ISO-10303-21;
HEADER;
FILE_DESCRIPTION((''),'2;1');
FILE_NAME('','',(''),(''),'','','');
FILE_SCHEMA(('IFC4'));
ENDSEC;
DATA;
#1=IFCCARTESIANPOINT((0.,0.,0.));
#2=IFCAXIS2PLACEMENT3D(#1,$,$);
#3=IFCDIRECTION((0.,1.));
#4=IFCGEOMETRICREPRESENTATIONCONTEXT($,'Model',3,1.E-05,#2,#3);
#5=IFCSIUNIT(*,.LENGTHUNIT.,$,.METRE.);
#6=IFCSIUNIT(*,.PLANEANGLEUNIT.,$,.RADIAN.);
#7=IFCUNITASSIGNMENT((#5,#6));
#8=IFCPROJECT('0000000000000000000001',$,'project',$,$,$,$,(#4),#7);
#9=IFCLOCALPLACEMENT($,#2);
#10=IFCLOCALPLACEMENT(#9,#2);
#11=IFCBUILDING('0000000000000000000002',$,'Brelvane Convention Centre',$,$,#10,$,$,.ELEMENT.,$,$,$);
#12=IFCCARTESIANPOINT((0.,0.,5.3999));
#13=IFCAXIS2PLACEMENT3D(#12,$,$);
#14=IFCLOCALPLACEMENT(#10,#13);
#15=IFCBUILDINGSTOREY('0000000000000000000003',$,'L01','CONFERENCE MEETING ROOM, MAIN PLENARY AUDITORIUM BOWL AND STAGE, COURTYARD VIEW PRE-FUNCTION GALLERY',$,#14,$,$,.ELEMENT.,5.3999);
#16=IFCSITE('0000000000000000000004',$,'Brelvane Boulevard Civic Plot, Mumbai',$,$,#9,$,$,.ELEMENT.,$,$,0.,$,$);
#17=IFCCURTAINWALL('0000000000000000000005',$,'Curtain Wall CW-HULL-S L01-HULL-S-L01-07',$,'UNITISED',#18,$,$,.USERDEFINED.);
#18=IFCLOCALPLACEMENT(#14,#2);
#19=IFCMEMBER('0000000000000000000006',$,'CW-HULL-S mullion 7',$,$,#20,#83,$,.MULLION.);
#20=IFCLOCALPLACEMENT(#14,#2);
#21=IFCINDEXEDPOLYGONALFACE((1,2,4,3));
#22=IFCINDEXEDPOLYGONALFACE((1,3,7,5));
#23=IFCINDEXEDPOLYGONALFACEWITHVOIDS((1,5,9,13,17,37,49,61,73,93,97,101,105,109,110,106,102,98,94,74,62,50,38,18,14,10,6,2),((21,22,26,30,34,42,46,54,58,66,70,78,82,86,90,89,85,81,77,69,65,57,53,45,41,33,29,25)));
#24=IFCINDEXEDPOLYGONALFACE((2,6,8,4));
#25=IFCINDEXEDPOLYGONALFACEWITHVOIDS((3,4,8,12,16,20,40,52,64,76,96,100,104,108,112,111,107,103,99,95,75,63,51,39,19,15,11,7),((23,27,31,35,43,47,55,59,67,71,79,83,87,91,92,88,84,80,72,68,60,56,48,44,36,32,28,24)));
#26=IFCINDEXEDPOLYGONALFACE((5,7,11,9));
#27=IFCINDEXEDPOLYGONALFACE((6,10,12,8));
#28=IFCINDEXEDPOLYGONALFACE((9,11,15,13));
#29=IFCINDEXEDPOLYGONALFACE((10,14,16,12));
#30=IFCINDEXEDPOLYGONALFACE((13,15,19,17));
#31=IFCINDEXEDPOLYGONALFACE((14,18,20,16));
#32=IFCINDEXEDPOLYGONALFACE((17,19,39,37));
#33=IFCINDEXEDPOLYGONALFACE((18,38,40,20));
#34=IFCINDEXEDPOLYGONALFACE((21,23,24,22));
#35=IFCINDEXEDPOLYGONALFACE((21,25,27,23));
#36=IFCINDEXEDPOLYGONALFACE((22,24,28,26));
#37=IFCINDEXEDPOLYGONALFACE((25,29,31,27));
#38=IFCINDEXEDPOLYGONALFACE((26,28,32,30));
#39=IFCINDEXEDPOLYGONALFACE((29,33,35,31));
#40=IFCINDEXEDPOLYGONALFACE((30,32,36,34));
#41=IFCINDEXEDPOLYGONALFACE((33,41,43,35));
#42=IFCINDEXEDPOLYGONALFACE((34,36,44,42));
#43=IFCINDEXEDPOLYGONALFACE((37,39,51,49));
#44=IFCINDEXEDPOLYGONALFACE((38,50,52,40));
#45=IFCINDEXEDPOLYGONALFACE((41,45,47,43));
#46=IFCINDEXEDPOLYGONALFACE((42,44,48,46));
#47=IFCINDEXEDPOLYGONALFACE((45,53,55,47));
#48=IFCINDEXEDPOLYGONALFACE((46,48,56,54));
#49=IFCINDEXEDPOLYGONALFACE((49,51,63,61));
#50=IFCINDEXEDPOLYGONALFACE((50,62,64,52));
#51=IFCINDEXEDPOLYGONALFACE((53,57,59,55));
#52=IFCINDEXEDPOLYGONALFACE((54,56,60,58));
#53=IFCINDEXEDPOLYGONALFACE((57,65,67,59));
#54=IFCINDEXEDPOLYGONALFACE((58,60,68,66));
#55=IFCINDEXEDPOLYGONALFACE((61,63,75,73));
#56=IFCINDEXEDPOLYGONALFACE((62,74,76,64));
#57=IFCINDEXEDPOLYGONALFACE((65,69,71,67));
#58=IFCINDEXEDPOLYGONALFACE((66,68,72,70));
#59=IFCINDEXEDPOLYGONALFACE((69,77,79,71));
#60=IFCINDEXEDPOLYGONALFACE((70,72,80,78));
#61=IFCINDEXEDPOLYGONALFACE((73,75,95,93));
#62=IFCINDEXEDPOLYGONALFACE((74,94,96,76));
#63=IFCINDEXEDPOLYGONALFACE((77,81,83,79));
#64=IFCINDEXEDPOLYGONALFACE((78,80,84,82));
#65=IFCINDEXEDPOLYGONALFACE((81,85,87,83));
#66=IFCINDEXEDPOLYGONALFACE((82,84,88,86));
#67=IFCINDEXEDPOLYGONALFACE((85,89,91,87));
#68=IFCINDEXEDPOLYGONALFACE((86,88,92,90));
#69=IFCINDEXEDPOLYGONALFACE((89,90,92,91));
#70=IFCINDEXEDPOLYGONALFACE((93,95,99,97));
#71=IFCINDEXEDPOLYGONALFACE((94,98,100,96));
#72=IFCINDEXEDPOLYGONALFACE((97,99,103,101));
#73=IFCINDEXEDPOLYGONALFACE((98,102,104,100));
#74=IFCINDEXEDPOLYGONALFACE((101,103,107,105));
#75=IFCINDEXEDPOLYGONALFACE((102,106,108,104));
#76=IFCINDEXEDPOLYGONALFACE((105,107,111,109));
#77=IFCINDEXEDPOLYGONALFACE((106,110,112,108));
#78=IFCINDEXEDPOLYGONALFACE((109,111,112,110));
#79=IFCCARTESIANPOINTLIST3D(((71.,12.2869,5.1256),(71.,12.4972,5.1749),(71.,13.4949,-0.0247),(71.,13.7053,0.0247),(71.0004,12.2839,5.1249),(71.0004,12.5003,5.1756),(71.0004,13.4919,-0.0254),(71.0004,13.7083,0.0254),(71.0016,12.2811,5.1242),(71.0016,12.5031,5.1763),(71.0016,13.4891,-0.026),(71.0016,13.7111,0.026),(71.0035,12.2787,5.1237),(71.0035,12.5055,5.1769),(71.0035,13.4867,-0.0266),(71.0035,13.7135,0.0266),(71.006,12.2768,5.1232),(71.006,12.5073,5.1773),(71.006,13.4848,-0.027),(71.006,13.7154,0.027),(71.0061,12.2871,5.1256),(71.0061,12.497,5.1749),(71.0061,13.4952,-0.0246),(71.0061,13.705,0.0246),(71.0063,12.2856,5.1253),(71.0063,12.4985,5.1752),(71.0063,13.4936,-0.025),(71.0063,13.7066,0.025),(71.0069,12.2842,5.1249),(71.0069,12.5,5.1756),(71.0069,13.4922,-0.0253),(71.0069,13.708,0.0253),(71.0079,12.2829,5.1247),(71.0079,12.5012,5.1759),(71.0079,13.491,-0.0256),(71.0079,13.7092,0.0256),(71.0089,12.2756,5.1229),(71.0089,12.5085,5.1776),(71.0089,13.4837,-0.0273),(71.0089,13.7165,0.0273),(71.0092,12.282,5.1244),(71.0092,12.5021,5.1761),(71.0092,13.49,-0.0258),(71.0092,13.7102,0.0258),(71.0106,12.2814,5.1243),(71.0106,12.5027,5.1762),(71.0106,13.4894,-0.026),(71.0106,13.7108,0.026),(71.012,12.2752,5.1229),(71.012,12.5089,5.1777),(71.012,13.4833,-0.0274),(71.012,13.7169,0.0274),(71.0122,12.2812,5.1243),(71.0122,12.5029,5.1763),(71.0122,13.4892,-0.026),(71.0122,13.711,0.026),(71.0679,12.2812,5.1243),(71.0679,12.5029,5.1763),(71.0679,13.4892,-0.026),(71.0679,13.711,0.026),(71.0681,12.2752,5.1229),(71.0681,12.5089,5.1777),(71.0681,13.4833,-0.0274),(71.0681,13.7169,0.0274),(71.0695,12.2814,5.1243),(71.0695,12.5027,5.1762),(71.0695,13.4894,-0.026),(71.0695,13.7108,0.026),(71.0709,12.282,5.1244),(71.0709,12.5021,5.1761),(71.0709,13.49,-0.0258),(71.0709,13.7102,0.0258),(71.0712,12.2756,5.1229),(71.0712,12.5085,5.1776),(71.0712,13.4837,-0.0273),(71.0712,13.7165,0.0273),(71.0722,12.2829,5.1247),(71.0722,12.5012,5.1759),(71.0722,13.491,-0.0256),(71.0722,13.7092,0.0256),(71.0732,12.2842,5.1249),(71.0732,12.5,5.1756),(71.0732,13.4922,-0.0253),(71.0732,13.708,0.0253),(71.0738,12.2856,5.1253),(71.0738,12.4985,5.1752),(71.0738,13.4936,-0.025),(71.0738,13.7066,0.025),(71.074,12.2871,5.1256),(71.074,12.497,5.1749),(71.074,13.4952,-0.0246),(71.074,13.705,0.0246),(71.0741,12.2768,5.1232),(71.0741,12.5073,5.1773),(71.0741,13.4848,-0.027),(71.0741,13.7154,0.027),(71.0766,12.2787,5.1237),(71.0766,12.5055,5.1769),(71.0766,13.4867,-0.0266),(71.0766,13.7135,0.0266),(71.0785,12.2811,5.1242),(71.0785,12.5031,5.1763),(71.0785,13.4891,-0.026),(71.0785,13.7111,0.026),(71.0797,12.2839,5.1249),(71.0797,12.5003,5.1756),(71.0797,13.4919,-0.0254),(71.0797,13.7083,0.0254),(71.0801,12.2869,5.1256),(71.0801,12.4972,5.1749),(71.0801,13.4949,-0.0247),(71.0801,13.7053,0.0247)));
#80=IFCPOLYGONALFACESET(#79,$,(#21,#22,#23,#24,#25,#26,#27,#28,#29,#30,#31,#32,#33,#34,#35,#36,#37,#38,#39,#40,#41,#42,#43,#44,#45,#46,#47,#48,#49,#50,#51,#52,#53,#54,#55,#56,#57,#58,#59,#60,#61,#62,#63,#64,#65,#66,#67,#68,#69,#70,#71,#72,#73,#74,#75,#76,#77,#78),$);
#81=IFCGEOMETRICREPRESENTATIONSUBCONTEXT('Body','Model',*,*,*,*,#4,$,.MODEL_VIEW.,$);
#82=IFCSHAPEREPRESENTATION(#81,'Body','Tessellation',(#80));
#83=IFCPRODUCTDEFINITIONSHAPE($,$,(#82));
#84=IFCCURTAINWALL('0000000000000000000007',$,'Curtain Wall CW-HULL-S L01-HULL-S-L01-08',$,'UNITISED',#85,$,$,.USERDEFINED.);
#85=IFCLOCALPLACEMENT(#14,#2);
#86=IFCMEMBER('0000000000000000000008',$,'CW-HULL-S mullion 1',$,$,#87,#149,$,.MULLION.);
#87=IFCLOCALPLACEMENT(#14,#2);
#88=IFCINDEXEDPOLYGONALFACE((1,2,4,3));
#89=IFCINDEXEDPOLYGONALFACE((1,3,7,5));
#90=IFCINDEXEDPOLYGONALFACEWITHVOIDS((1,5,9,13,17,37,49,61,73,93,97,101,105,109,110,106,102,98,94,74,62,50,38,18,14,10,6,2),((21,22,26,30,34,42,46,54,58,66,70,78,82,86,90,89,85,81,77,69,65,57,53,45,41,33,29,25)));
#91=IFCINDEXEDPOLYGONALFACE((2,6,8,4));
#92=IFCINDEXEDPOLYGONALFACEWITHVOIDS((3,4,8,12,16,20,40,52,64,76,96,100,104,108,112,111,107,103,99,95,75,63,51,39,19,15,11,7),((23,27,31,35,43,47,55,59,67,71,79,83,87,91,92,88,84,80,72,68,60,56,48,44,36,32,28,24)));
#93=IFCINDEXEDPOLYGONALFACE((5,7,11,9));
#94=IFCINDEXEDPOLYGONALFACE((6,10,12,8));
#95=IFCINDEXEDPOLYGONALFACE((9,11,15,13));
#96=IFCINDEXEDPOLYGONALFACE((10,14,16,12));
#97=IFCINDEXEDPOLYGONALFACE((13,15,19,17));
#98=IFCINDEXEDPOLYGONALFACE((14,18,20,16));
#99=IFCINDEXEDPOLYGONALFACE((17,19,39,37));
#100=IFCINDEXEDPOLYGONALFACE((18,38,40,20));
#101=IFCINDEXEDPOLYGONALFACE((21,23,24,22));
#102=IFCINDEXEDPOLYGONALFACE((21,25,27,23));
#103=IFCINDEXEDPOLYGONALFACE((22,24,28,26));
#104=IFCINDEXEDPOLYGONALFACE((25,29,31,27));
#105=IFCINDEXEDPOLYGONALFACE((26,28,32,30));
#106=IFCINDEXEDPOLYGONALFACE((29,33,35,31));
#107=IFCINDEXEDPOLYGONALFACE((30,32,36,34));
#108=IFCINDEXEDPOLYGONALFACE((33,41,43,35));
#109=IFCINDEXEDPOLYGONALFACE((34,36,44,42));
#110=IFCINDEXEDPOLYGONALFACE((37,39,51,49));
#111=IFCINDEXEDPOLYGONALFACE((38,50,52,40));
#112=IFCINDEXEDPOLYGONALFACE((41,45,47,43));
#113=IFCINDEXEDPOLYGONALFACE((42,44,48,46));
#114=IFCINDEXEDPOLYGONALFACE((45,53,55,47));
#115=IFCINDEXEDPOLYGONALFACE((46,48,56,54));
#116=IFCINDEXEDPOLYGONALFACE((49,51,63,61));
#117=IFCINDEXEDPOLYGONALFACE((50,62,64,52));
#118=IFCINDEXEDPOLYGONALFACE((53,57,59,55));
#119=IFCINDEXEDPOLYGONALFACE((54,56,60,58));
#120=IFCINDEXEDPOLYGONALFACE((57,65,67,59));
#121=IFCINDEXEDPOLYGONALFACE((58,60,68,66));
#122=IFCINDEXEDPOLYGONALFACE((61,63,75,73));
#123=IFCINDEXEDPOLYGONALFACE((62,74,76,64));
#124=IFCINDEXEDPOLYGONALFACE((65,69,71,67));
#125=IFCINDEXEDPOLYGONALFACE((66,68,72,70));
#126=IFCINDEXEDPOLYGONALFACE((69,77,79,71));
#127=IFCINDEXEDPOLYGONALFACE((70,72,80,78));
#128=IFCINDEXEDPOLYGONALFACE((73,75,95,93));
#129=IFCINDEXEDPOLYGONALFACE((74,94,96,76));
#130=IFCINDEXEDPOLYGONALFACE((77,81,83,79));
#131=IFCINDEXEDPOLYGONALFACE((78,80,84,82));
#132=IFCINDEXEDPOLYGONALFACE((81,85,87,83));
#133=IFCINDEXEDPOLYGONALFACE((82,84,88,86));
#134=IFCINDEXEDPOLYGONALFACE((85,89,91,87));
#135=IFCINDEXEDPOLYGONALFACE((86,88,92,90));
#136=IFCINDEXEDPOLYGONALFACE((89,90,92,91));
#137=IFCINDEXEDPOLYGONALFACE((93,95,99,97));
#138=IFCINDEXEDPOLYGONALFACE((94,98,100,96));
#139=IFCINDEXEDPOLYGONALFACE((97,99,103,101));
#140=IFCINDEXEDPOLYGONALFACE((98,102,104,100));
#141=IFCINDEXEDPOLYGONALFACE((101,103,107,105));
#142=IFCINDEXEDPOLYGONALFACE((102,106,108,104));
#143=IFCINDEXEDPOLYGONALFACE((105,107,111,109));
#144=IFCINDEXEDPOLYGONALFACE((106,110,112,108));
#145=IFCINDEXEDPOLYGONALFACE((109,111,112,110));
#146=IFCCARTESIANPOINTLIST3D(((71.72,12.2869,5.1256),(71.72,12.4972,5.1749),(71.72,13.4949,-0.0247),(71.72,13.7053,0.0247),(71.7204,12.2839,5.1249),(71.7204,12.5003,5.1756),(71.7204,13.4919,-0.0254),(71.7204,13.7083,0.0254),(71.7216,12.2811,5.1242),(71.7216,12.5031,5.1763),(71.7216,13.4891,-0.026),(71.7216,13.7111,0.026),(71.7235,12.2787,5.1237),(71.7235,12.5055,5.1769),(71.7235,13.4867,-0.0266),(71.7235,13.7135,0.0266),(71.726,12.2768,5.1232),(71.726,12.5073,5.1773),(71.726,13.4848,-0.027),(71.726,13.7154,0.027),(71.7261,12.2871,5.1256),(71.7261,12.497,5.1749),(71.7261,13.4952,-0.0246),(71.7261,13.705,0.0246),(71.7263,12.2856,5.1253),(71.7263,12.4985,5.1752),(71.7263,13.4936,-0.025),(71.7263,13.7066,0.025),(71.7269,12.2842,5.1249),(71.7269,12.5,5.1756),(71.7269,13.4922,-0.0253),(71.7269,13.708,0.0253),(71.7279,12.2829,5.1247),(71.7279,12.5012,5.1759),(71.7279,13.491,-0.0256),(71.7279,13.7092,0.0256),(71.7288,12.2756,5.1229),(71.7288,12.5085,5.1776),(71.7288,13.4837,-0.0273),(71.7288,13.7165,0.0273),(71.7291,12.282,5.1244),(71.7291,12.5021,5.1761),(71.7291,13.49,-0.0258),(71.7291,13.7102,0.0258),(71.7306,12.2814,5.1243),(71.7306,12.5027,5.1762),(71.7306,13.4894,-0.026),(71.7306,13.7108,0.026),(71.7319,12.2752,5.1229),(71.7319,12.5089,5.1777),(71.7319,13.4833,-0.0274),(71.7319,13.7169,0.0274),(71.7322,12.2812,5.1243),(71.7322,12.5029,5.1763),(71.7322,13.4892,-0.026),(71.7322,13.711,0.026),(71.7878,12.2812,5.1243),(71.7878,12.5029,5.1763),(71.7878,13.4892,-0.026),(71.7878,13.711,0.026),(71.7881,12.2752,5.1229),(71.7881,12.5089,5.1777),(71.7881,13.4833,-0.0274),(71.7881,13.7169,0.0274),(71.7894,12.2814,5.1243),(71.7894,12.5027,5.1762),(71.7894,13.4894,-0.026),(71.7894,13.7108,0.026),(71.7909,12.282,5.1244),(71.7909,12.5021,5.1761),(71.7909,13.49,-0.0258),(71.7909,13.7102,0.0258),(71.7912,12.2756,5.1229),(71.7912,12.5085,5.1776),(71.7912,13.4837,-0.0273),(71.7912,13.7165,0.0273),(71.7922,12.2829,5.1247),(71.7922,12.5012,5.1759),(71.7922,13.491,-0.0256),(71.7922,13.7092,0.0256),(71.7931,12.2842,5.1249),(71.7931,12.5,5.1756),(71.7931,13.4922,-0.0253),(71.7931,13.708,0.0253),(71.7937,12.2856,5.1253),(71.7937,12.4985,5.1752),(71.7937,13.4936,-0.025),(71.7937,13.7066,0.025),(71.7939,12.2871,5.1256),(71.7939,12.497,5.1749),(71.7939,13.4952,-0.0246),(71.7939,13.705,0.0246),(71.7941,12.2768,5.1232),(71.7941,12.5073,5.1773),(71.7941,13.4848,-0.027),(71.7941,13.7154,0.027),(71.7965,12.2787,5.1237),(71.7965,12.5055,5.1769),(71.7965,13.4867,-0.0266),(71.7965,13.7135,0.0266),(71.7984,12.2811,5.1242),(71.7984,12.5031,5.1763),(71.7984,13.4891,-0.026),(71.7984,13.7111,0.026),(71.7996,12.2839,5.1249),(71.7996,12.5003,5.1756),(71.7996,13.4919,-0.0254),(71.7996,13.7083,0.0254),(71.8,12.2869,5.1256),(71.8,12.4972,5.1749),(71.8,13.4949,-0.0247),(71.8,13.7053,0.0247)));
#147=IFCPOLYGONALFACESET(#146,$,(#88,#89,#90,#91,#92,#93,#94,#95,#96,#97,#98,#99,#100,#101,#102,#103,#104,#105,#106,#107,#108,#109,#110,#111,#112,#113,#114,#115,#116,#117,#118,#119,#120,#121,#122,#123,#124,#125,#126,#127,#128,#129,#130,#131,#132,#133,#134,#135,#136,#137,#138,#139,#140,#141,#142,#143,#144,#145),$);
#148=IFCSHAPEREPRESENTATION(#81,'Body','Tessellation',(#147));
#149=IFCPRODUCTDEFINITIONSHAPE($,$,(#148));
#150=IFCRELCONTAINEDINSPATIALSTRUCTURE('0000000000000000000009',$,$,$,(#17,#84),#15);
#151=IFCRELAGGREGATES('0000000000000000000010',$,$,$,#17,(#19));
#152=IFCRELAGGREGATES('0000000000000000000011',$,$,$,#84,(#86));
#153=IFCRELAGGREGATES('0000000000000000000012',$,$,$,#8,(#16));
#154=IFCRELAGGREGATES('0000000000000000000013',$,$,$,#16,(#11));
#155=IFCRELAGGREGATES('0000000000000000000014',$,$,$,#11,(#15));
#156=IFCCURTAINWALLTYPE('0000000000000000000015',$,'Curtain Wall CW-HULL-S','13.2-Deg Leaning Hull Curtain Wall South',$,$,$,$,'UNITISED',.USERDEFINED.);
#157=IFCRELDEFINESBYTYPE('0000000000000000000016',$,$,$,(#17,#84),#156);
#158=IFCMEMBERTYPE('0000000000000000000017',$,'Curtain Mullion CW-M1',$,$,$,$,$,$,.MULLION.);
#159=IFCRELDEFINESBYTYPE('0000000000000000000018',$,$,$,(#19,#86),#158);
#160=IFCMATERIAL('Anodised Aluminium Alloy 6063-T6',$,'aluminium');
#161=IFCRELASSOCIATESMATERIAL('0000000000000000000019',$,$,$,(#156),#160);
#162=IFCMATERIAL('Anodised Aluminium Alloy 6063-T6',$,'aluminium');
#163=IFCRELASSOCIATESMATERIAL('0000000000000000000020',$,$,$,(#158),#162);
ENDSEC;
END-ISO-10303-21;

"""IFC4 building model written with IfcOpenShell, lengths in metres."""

from ifc_helpers import new_model, si_unit, direction, frame, origin, origin_2d, place, context, subcontext, project, spatial, hollow_rectangle, extrude, material, material_profile, profile_set, type_object, element, aggregate, save


model = new_model("IFC4")

# Units and contexts
model_context = context("Model", 3, precision=1e-05, world=origin(), true_north=direction((0.0, 1.0)))
body_context = subcontext(model_context, "Body", "Model", "MODEL_VIEW")
ifc_project = project(units=[si_unit("LENGTHUNIT", "METRE"), si_unit("PLANEANGLEUNIT", "RADIAN")], contexts=[model_context])

# Site, building, storey
site_placement = place(None, origin())
site = spatial("IfcSite", under=ifc_project, at=site_placement, Name="Brelvane Boulevard Civic Plot, Mumbai", CompositionType="ELEMENT", RefElevation=0.0)
building_placement = place(site_placement, origin())
building = spatial("IfcBuilding", under=site, at=building_placement, Name="Brelvane Convention Centre", CompositionType="ELEMENT")
storey_placement = place(building_placement, frame((0.0, 0.0, 5.3999)))
storey = spatial("IfcBuildingStorey", under=building, at=storey_placement, Name="L01", Description="CONFERENCE MEETING ROOM, MAIN PLENARY AUDITORIUM BOWL AND STAGE, COURTYARD VIEW PRE-FUNCTION GALLERY", CompositionType="ELEMENT", Elevation=5.3999)

# Curtain walls, members
ifc_material_1 = material(Name="Anodised Aluminium Alloy 6063-T6", Category="aluminium")
curtain_wall_type = type_object("IfcCurtainWallType", Name="Curtain Wall CW-HULL-S", Description="13.2-Deg Leaning Hull Curtain Wall South", ElementType="UNITISED", PredefinedType="USERDEFINED", material=ifc_material_1)
curtain_wall_1_placement = place(storey_placement, origin())
curtain_wall_1 = element("IfcCurtainWall", 1, at=curtain_wall_1_placement, inside=storey, type_object=curtain_wall_type, Name="Curtain Wall CW-HULL-S L01-HULL-S-L01-07", ObjectType="UNITISED", PredefinedType="USERDEFINED")
ifc_material_2 = material(Name="Anodised Aluminium Alloy 6063-T6", Category="aluminium")
ifc_material_profile_1 = material_profile(ifc_material_2, hollow_rectangle(XDim=0.0801, YDim=0.24, WallThickness=0.0061, InnerFilletRadius=0.0061, OuterFilletRadius=0.012, at=origin_2d()), Name="ALU-M 240x80x6.0")
ifc_profile_set_1 = profile_set([ifc_material_profile_1], Name="Anodised Aluminium Alloy 6063-T6")
member_type_1 = type_object("IfcMemberType", Name="Curtain Mullion CW-M1", PredefinedType="MULLION", material=ifc_profile_set_1)
member_1_placement = place(storey_placement, frame((71.04, 13.6001, 0.0), z_axis=(0.0, -0.22836, 0.973577), x_axis=(1.0, 0.0, 0.0)))
member_1 = element("IfcMember", 2, at=member_1_placement, type_object=member_type_1, Name="CW-HULL-S mullion 7", PredefinedType="MULLION", context=body_context, shape_type="SweptSolid", body=[
    extrude(hollow_rectangle(XDim=0.0801, YDim=0.24, WallThickness=0.0061, InnerFilletRadius=0.0061, OuterFilletRadius=0.012, at=origin_2d()), origin(), (0.0, 0.0, 1.0), 5.29),
])
curtain_wall_2_placement = place(storey_placement, origin())
curtain_wall_2 = element("IfcCurtainWall", 3, at=curtain_wall_2_placement, inside=storey, type_object=curtain_wall_type, Name="Curtain Wall CW-HULL-S L01-HULL-S-L01-08", ObjectType="UNITISED", PredefinedType="USERDEFINED")
member_2_placement = place(storey_placement, frame((71.76, 13.6001, 0.0), z_axis=(0.0, -0.22836, 0.973577), x_axis=(1.0, 0.0, 0.0)))
member_2 = element("IfcMember", 4, at=member_2_placement, type_object=member_type_1, Name="CW-HULL-S mullion 1", PredefinedType="MULLION", context=body_context, shape_type="SweptSolid", body=[
    extrude(hollow_rectangle(XDim=0.0801, YDim=0.24, WallThickness=0.0061, InnerFilletRadius=0.0061, OuterFilletRadius=0.012, at=origin_2d()), origin(), (0.0, 0.0, 1.0), 5.29),
])

aggregate(curtain_wall_1, [member_1])
aggregate(curtain_wall_2, [member_2])

save(model, "model.ifc")
